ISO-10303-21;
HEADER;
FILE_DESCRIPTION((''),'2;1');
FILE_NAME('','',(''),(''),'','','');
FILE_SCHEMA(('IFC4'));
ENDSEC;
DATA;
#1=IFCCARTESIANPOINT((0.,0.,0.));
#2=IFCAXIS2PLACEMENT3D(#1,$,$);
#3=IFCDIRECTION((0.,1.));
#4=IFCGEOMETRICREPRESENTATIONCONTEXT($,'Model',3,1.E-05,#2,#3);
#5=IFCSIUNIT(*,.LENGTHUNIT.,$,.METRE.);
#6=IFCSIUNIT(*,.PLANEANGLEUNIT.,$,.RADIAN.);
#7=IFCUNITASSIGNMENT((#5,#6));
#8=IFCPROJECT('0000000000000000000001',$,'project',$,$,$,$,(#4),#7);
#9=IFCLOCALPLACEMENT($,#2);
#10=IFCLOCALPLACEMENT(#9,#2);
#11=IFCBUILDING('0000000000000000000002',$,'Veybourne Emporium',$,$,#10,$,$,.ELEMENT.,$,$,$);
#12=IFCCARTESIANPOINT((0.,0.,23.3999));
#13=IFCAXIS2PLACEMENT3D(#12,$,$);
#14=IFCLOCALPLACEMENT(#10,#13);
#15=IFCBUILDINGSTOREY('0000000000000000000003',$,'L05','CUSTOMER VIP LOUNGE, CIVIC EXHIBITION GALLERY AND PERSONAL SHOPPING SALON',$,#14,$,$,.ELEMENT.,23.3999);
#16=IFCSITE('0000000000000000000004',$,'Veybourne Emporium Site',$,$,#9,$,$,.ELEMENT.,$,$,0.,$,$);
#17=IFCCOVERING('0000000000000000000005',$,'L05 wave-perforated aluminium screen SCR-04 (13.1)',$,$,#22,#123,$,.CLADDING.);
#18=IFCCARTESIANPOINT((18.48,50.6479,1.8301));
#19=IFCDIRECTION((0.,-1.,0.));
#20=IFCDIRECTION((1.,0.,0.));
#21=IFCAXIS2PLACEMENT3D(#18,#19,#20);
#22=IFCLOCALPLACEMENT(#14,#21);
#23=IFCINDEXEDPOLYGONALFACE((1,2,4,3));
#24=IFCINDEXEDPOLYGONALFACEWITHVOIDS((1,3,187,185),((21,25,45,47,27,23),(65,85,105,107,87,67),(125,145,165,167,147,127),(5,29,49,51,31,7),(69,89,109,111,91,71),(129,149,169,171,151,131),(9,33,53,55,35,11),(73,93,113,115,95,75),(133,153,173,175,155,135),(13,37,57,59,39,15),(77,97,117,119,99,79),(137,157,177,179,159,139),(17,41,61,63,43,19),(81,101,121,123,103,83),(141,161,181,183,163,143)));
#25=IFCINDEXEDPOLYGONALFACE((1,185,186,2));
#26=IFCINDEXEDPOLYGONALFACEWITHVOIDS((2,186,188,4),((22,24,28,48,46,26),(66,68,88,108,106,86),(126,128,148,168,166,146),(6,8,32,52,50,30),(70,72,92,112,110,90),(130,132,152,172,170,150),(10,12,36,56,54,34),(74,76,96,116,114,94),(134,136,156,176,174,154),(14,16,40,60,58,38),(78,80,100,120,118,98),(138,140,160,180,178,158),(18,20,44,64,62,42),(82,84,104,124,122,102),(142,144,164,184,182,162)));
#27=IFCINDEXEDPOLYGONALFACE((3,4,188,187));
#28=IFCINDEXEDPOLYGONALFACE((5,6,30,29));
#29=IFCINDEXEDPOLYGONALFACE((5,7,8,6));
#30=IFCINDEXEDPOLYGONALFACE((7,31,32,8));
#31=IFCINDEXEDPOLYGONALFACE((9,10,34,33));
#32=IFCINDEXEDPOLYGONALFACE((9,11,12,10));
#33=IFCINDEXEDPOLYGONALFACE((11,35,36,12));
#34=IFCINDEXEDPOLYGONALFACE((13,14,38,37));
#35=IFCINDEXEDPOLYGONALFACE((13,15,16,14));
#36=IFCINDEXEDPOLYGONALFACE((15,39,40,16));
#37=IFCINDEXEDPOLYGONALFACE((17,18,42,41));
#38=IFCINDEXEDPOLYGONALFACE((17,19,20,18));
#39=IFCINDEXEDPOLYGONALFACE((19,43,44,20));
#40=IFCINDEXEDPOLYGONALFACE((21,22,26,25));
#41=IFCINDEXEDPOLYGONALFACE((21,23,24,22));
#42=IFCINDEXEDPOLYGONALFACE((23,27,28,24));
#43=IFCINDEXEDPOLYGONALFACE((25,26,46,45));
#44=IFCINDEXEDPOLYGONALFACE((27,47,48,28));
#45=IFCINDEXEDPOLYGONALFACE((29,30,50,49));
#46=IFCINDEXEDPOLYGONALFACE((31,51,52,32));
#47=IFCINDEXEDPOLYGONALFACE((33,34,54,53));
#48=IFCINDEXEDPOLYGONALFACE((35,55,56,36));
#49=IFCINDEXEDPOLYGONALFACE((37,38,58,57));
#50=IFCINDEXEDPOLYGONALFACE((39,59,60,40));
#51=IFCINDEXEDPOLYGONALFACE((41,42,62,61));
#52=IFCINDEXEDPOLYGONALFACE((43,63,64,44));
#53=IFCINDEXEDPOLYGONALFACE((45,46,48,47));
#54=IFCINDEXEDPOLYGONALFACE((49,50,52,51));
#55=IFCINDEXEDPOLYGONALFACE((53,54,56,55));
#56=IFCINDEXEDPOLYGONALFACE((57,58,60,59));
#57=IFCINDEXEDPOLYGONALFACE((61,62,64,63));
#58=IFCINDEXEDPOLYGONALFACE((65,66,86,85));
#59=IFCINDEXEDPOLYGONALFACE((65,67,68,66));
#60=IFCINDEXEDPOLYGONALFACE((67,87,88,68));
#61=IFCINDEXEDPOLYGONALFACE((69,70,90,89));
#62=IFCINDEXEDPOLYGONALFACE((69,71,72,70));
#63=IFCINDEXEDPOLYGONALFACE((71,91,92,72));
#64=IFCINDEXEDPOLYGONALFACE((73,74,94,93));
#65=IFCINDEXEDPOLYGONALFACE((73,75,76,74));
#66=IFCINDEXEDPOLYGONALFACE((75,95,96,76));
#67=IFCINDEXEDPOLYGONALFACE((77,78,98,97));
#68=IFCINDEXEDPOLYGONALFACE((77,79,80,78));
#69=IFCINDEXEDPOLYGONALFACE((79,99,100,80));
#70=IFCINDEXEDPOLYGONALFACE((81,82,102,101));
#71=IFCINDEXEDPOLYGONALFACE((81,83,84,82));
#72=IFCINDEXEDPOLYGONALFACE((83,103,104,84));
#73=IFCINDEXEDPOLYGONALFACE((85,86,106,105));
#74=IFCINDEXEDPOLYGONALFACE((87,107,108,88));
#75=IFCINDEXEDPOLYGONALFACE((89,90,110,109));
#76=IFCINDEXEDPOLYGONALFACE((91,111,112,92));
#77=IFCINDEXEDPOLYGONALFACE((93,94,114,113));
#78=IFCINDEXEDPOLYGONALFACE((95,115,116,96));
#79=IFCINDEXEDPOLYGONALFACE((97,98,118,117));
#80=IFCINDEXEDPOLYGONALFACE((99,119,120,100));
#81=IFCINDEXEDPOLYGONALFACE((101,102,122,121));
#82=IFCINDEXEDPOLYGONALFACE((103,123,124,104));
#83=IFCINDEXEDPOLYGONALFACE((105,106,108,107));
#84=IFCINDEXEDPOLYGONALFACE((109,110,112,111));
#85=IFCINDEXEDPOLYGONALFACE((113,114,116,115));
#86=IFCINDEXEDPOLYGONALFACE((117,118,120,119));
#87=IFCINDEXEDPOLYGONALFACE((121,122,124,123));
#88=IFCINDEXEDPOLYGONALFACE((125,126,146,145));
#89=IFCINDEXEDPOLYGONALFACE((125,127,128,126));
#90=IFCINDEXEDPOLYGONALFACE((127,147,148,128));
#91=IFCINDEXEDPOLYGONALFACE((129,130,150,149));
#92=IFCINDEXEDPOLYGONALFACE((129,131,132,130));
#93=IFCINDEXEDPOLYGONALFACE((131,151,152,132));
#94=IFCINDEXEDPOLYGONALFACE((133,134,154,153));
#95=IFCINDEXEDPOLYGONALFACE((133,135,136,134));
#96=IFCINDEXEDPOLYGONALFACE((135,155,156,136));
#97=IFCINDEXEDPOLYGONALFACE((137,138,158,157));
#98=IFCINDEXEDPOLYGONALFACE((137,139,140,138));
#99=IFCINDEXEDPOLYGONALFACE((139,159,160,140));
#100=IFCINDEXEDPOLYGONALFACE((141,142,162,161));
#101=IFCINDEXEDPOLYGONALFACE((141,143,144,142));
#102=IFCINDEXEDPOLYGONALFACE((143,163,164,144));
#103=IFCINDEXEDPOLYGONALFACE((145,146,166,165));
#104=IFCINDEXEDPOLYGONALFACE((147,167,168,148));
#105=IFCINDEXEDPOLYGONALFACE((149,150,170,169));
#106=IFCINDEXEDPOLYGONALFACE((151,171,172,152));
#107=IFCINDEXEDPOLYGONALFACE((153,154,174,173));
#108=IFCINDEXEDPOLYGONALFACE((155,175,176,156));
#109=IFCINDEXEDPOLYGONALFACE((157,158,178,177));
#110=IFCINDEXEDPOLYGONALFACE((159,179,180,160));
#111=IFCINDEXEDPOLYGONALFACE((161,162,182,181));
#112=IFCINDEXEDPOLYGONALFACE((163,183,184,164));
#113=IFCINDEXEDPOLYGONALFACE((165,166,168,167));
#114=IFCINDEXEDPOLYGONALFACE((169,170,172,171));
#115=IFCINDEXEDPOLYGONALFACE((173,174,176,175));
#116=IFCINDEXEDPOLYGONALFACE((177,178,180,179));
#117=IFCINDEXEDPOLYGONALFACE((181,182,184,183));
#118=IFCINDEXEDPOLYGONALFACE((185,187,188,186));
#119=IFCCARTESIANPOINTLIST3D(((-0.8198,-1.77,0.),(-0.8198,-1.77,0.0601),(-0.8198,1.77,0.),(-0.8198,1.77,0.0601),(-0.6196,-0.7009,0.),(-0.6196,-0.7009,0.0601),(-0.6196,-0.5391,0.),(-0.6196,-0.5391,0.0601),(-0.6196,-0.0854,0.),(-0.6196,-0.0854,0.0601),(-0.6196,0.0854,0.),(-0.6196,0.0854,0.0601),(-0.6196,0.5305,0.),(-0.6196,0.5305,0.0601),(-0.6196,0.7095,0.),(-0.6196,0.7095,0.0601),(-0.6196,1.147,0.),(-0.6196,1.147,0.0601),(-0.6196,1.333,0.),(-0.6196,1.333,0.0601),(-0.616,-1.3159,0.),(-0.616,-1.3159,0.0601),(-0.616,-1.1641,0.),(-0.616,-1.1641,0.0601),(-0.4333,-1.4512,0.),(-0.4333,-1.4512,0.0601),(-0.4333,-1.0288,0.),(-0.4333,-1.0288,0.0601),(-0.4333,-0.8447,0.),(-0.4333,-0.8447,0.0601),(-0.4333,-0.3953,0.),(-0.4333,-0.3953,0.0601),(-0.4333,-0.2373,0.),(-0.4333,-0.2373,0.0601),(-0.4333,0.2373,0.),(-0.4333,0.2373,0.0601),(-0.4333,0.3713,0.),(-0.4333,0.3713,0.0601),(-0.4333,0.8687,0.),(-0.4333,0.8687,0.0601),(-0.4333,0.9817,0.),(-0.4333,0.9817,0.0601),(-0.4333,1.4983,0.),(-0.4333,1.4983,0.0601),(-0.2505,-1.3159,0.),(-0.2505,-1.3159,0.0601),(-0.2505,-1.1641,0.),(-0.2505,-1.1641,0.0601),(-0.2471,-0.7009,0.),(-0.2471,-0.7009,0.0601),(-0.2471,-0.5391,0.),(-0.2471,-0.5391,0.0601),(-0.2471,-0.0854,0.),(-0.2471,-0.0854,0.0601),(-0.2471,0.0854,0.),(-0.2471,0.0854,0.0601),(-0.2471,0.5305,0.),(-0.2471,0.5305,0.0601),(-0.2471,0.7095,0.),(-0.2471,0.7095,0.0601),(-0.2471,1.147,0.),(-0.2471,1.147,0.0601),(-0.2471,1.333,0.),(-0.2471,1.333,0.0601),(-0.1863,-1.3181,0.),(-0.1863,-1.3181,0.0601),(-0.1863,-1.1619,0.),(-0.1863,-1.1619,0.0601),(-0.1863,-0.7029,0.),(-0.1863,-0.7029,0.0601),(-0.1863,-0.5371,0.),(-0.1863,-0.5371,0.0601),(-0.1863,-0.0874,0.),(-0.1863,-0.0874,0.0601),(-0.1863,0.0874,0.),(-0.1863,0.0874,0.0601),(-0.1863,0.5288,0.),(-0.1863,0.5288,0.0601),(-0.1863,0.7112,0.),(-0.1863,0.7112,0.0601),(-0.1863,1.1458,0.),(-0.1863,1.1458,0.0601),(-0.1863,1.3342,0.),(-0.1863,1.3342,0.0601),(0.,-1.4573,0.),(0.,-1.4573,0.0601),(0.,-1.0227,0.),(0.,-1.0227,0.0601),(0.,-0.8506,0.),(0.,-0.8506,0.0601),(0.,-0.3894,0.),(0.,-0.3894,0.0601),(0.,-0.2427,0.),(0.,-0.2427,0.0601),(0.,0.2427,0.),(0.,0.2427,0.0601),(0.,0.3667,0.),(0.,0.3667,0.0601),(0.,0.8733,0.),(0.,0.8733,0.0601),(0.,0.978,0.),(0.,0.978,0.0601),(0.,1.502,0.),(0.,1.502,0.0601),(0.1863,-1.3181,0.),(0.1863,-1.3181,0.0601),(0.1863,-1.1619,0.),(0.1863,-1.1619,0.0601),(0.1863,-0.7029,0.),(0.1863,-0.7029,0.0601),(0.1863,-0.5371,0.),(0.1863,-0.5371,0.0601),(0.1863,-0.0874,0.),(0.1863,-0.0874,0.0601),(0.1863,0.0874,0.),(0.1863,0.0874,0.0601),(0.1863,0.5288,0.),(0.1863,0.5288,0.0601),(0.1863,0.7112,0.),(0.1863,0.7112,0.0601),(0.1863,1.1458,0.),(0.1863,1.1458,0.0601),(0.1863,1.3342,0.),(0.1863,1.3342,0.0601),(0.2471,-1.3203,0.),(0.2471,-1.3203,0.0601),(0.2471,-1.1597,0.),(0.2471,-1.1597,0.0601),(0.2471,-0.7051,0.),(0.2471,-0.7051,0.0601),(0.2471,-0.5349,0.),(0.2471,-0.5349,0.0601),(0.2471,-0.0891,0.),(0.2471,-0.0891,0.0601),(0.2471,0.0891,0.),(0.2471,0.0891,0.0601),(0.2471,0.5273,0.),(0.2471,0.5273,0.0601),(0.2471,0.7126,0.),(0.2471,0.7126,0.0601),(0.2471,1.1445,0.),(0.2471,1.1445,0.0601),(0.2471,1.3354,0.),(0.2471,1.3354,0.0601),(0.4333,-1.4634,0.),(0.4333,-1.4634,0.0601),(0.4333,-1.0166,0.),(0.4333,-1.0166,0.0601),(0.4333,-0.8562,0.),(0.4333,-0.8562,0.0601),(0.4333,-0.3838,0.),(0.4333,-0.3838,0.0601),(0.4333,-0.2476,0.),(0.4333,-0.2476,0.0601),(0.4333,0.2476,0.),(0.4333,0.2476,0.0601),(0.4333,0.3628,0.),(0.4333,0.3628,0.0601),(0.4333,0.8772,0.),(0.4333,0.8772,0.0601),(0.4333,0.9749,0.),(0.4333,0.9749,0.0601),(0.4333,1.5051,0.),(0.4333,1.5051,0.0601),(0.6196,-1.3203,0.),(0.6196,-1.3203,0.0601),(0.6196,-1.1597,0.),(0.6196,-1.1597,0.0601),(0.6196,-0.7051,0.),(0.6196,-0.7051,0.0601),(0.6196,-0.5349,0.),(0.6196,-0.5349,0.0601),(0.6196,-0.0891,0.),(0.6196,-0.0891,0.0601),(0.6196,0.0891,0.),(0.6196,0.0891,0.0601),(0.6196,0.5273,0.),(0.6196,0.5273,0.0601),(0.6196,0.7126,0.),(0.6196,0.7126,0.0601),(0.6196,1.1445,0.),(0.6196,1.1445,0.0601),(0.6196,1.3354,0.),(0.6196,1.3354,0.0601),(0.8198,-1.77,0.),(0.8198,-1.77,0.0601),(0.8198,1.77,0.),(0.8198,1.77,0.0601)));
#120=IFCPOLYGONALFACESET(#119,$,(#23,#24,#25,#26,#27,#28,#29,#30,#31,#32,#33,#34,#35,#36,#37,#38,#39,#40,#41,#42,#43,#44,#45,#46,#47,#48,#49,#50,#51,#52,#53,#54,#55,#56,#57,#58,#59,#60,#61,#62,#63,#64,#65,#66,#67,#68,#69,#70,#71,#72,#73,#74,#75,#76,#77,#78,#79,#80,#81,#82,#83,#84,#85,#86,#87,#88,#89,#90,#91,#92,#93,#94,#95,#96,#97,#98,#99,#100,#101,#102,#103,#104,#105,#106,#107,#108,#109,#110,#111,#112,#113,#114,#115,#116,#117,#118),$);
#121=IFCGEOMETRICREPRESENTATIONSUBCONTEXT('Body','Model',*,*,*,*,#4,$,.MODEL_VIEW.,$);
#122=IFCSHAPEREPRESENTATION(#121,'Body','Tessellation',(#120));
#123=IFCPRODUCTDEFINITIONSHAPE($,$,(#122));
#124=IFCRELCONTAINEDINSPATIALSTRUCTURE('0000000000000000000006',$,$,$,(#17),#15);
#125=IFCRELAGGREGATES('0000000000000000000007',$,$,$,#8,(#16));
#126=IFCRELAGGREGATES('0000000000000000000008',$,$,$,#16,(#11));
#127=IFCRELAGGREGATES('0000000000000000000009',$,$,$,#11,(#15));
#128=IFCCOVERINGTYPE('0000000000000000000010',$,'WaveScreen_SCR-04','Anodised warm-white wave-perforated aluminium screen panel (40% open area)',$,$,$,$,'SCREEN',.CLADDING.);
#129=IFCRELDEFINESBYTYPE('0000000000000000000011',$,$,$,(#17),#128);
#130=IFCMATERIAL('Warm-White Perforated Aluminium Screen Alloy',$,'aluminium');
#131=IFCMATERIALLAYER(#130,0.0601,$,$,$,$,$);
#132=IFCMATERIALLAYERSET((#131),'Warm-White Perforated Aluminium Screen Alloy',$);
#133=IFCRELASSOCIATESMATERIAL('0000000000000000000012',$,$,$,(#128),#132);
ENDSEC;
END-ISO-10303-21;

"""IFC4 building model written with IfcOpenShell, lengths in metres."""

from ifc_helpers import new_model, si_unit, direction, frame, origin, place, context, subcontext, project, spatial, polyline, outline, extrude, material, layer, layer_set, type_object, element, save


model = new_model("IFC4")

# Units and contexts
model_context = context("Model", 3, precision=1e-05, world=origin(), true_north=direction((0.0, 1.0)))
body_context = subcontext(model_context, "Body", "Model", "MODEL_VIEW")
ifc_project = project(units=[si_unit("LENGTHUNIT", "METRE"), si_unit("PLANEANGLEUNIT", "RADIAN")], contexts=[model_context])

# Site, building, storey
site_placement = place(None, origin())
site = spatial("IfcSite", under=ifc_project, at=site_placement, Name="Veybourne Emporium Site", CompositionType="ELEMENT", RefElevation=0.0)
building_placement = place(site_placement, origin())
building = spatial("IfcBuilding", under=site, at=building_placement, Name="Veybourne Emporium", CompositionType="ELEMENT")
storey_placement = place(building_placement, frame((0.0, 0.0, 23.3999)))
storey = spatial("IfcBuildingStorey", under=building, at=storey_placement, Name="L05", Description="CUSTOMER VIP LOUNGE, CIVIC EXHIBITION GALLERY AND PERSONAL SHOPPING SALON", CompositionType="ELEMENT", Elevation=23.3999)

# Covering
ifc_material_1 = material(Name="Warm-White Perforated Aluminium Screen Alloy", Category="aluminium")
ifc_layer_1 = layer(ifc_material_1, 0.0601)
ifc_layer_set_1 = layer_set([ifc_layer_1], Name="Warm-White Perforated Aluminium Screen Alloy")
covering_type_1 = type_object("IfcCoveringType", Name="WaveScreen_SCR-04", Description="Anodised warm-white wave-perforated aluminium screen panel (40% open area)", ElementType="SCREEN", PredefinedType="CLADDING", material=ifc_layer_set_1)
covering_1_placement = place(storey_placement, frame((18.48, 50.6479, 1.8301), z_axis=(0.0, -1.0, 0.0), x_axis=(1.0, 0.0, 0.0)))
element("IfcCovering", 1, at=covering_1_placement, inside=storey, type_object=covering_type_1, Name="L05 wave-perforated aluminium screen SCR-04 (13.1)", PredefinedType="CLADDING", context=body_context, shape_type="SweptSolid", body=[
    extrude(outline(polyline([(-0.8198, -1.77), (0.8198, -1.77), (0.8198, 1.77), (-0.8198, 1.77), (-0.8198, -1.77)]), holes=[polyline([(-0.4333, -1.0288), (-0.2505, -1.1641), (-0.2505, -1.3159), (-0.4333, -1.4512), (-0.616, -1.3159), (-0.616, -1.1641), (-0.4333, -1.0288)]), polyline([(-0.4333, -0.3953), (-0.2471, -0.5391), (-0.2471, -0.7009), (-0.4333, -0.8447), (-0.6196, -0.7009), (-0.6196, -0.5391), (-0.4333, -0.3953)]), polyline([(-0.4333, 0.2373), (-0.2471, 0.0854), (-0.2471, -0.0854), (-0.4333, -0.2373), (-0.6196, -0.0854), (-0.6196, 0.0854), (-0.4333, 0.2373)]), polyline([(-0.4333, 0.8687), (-0.2471, 0.7095), (-0.2471, 0.5305), (-0.4333, 0.3713), (-0.6196, 0.5305), (-0.6196, 0.7095), (-0.4333, 0.8687)]), polyline([(-0.4333, 1.4983), (-0.2471, 1.333), (-0.2471, 1.147), (-0.4333, 0.9817), (-0.6196, 1.147), (-0.6196, 1.333), (-0.4333, 1.4983)]), polyline([(0.0, -1.0227), (0.1863, -1.1619), (0.1863, -1.3181), (0.0, -1.4573), (-0.1863, -1.3181), (-0.1863, -1.1619), (0.0, -1.0227)]), polyline([(0.0, -0.3894), (0.1863, -0.5371), (0.1863, -0.7029), (0.0, -0.8506), (-0.1863, -0.7029), (-0.1863, -0.5371), (0.0, -0.3894)]), polyline([(0.0, 0.2427), (0.1863, 0.0874), (0.1863, -0.0874), (0.0, -0.2427), (-0.1863, -0.0874), (-0.1863, 0.0874), (0.0, 0.2427)]), polyline([(0.0, 0.8733), (0.1863, 0.7112), (0.1863, 0.5288), (0.0, 0.3667), (-0.1863, 0.5288), (-0.1863, 0.7112), (0.0, 0.8733)]), polyline([(0.0, 1.502), (0.1863, 1.3342), (0.1863, 1.1458), (0.0, 0.978), (-0.1863, 1.1458), (-0.1863, 1.3342), (0.0, 1.502)]), polyline([(0.4333, -1.0166), (0.6196, -1.1597), (0.6196, -1.3203), (0.4333, -1.4634), (0.2471, -1.3203), (0.2471, -1.1597), (0.4333, -1.0166)]), polyline([(0.4333, -0.3838), (0.6196, -0.5349), (0.6196, -0.7051), (0.4333, -0.8562), (0.2471, -0.7051), (0.2471, -0.5349), (0.4333, -0.3838)]), polyline([(0.4333, 0.2476), (0.6196, 0.0891), (0.6196, -0.0891), (0.4333, -0.2476), (0.2471, -0.0891), (0.2471, 0.0891), (0.4333, 0.2476)]), polyline([(0.4333, 0.8772), (0.6196, 0.7126), (0.6196, 0.5273), (0.4333, 0.3628), (0.2471, 0.5273), (0.2471, 0.7126), (0.4333, 0.8772)]), polyline([(0.4333, 1.5051), (0.6196, 1.3354), (0.6196, 1.1445), (0.4333, 0.9749), (0.2471, 1.1445), (0.2471, 1.3354), (0.4333, 1.5051)])]), origin(), (0.0, 0.0, 1.0), 0.0601),
])

save(model, "model.ifc")
